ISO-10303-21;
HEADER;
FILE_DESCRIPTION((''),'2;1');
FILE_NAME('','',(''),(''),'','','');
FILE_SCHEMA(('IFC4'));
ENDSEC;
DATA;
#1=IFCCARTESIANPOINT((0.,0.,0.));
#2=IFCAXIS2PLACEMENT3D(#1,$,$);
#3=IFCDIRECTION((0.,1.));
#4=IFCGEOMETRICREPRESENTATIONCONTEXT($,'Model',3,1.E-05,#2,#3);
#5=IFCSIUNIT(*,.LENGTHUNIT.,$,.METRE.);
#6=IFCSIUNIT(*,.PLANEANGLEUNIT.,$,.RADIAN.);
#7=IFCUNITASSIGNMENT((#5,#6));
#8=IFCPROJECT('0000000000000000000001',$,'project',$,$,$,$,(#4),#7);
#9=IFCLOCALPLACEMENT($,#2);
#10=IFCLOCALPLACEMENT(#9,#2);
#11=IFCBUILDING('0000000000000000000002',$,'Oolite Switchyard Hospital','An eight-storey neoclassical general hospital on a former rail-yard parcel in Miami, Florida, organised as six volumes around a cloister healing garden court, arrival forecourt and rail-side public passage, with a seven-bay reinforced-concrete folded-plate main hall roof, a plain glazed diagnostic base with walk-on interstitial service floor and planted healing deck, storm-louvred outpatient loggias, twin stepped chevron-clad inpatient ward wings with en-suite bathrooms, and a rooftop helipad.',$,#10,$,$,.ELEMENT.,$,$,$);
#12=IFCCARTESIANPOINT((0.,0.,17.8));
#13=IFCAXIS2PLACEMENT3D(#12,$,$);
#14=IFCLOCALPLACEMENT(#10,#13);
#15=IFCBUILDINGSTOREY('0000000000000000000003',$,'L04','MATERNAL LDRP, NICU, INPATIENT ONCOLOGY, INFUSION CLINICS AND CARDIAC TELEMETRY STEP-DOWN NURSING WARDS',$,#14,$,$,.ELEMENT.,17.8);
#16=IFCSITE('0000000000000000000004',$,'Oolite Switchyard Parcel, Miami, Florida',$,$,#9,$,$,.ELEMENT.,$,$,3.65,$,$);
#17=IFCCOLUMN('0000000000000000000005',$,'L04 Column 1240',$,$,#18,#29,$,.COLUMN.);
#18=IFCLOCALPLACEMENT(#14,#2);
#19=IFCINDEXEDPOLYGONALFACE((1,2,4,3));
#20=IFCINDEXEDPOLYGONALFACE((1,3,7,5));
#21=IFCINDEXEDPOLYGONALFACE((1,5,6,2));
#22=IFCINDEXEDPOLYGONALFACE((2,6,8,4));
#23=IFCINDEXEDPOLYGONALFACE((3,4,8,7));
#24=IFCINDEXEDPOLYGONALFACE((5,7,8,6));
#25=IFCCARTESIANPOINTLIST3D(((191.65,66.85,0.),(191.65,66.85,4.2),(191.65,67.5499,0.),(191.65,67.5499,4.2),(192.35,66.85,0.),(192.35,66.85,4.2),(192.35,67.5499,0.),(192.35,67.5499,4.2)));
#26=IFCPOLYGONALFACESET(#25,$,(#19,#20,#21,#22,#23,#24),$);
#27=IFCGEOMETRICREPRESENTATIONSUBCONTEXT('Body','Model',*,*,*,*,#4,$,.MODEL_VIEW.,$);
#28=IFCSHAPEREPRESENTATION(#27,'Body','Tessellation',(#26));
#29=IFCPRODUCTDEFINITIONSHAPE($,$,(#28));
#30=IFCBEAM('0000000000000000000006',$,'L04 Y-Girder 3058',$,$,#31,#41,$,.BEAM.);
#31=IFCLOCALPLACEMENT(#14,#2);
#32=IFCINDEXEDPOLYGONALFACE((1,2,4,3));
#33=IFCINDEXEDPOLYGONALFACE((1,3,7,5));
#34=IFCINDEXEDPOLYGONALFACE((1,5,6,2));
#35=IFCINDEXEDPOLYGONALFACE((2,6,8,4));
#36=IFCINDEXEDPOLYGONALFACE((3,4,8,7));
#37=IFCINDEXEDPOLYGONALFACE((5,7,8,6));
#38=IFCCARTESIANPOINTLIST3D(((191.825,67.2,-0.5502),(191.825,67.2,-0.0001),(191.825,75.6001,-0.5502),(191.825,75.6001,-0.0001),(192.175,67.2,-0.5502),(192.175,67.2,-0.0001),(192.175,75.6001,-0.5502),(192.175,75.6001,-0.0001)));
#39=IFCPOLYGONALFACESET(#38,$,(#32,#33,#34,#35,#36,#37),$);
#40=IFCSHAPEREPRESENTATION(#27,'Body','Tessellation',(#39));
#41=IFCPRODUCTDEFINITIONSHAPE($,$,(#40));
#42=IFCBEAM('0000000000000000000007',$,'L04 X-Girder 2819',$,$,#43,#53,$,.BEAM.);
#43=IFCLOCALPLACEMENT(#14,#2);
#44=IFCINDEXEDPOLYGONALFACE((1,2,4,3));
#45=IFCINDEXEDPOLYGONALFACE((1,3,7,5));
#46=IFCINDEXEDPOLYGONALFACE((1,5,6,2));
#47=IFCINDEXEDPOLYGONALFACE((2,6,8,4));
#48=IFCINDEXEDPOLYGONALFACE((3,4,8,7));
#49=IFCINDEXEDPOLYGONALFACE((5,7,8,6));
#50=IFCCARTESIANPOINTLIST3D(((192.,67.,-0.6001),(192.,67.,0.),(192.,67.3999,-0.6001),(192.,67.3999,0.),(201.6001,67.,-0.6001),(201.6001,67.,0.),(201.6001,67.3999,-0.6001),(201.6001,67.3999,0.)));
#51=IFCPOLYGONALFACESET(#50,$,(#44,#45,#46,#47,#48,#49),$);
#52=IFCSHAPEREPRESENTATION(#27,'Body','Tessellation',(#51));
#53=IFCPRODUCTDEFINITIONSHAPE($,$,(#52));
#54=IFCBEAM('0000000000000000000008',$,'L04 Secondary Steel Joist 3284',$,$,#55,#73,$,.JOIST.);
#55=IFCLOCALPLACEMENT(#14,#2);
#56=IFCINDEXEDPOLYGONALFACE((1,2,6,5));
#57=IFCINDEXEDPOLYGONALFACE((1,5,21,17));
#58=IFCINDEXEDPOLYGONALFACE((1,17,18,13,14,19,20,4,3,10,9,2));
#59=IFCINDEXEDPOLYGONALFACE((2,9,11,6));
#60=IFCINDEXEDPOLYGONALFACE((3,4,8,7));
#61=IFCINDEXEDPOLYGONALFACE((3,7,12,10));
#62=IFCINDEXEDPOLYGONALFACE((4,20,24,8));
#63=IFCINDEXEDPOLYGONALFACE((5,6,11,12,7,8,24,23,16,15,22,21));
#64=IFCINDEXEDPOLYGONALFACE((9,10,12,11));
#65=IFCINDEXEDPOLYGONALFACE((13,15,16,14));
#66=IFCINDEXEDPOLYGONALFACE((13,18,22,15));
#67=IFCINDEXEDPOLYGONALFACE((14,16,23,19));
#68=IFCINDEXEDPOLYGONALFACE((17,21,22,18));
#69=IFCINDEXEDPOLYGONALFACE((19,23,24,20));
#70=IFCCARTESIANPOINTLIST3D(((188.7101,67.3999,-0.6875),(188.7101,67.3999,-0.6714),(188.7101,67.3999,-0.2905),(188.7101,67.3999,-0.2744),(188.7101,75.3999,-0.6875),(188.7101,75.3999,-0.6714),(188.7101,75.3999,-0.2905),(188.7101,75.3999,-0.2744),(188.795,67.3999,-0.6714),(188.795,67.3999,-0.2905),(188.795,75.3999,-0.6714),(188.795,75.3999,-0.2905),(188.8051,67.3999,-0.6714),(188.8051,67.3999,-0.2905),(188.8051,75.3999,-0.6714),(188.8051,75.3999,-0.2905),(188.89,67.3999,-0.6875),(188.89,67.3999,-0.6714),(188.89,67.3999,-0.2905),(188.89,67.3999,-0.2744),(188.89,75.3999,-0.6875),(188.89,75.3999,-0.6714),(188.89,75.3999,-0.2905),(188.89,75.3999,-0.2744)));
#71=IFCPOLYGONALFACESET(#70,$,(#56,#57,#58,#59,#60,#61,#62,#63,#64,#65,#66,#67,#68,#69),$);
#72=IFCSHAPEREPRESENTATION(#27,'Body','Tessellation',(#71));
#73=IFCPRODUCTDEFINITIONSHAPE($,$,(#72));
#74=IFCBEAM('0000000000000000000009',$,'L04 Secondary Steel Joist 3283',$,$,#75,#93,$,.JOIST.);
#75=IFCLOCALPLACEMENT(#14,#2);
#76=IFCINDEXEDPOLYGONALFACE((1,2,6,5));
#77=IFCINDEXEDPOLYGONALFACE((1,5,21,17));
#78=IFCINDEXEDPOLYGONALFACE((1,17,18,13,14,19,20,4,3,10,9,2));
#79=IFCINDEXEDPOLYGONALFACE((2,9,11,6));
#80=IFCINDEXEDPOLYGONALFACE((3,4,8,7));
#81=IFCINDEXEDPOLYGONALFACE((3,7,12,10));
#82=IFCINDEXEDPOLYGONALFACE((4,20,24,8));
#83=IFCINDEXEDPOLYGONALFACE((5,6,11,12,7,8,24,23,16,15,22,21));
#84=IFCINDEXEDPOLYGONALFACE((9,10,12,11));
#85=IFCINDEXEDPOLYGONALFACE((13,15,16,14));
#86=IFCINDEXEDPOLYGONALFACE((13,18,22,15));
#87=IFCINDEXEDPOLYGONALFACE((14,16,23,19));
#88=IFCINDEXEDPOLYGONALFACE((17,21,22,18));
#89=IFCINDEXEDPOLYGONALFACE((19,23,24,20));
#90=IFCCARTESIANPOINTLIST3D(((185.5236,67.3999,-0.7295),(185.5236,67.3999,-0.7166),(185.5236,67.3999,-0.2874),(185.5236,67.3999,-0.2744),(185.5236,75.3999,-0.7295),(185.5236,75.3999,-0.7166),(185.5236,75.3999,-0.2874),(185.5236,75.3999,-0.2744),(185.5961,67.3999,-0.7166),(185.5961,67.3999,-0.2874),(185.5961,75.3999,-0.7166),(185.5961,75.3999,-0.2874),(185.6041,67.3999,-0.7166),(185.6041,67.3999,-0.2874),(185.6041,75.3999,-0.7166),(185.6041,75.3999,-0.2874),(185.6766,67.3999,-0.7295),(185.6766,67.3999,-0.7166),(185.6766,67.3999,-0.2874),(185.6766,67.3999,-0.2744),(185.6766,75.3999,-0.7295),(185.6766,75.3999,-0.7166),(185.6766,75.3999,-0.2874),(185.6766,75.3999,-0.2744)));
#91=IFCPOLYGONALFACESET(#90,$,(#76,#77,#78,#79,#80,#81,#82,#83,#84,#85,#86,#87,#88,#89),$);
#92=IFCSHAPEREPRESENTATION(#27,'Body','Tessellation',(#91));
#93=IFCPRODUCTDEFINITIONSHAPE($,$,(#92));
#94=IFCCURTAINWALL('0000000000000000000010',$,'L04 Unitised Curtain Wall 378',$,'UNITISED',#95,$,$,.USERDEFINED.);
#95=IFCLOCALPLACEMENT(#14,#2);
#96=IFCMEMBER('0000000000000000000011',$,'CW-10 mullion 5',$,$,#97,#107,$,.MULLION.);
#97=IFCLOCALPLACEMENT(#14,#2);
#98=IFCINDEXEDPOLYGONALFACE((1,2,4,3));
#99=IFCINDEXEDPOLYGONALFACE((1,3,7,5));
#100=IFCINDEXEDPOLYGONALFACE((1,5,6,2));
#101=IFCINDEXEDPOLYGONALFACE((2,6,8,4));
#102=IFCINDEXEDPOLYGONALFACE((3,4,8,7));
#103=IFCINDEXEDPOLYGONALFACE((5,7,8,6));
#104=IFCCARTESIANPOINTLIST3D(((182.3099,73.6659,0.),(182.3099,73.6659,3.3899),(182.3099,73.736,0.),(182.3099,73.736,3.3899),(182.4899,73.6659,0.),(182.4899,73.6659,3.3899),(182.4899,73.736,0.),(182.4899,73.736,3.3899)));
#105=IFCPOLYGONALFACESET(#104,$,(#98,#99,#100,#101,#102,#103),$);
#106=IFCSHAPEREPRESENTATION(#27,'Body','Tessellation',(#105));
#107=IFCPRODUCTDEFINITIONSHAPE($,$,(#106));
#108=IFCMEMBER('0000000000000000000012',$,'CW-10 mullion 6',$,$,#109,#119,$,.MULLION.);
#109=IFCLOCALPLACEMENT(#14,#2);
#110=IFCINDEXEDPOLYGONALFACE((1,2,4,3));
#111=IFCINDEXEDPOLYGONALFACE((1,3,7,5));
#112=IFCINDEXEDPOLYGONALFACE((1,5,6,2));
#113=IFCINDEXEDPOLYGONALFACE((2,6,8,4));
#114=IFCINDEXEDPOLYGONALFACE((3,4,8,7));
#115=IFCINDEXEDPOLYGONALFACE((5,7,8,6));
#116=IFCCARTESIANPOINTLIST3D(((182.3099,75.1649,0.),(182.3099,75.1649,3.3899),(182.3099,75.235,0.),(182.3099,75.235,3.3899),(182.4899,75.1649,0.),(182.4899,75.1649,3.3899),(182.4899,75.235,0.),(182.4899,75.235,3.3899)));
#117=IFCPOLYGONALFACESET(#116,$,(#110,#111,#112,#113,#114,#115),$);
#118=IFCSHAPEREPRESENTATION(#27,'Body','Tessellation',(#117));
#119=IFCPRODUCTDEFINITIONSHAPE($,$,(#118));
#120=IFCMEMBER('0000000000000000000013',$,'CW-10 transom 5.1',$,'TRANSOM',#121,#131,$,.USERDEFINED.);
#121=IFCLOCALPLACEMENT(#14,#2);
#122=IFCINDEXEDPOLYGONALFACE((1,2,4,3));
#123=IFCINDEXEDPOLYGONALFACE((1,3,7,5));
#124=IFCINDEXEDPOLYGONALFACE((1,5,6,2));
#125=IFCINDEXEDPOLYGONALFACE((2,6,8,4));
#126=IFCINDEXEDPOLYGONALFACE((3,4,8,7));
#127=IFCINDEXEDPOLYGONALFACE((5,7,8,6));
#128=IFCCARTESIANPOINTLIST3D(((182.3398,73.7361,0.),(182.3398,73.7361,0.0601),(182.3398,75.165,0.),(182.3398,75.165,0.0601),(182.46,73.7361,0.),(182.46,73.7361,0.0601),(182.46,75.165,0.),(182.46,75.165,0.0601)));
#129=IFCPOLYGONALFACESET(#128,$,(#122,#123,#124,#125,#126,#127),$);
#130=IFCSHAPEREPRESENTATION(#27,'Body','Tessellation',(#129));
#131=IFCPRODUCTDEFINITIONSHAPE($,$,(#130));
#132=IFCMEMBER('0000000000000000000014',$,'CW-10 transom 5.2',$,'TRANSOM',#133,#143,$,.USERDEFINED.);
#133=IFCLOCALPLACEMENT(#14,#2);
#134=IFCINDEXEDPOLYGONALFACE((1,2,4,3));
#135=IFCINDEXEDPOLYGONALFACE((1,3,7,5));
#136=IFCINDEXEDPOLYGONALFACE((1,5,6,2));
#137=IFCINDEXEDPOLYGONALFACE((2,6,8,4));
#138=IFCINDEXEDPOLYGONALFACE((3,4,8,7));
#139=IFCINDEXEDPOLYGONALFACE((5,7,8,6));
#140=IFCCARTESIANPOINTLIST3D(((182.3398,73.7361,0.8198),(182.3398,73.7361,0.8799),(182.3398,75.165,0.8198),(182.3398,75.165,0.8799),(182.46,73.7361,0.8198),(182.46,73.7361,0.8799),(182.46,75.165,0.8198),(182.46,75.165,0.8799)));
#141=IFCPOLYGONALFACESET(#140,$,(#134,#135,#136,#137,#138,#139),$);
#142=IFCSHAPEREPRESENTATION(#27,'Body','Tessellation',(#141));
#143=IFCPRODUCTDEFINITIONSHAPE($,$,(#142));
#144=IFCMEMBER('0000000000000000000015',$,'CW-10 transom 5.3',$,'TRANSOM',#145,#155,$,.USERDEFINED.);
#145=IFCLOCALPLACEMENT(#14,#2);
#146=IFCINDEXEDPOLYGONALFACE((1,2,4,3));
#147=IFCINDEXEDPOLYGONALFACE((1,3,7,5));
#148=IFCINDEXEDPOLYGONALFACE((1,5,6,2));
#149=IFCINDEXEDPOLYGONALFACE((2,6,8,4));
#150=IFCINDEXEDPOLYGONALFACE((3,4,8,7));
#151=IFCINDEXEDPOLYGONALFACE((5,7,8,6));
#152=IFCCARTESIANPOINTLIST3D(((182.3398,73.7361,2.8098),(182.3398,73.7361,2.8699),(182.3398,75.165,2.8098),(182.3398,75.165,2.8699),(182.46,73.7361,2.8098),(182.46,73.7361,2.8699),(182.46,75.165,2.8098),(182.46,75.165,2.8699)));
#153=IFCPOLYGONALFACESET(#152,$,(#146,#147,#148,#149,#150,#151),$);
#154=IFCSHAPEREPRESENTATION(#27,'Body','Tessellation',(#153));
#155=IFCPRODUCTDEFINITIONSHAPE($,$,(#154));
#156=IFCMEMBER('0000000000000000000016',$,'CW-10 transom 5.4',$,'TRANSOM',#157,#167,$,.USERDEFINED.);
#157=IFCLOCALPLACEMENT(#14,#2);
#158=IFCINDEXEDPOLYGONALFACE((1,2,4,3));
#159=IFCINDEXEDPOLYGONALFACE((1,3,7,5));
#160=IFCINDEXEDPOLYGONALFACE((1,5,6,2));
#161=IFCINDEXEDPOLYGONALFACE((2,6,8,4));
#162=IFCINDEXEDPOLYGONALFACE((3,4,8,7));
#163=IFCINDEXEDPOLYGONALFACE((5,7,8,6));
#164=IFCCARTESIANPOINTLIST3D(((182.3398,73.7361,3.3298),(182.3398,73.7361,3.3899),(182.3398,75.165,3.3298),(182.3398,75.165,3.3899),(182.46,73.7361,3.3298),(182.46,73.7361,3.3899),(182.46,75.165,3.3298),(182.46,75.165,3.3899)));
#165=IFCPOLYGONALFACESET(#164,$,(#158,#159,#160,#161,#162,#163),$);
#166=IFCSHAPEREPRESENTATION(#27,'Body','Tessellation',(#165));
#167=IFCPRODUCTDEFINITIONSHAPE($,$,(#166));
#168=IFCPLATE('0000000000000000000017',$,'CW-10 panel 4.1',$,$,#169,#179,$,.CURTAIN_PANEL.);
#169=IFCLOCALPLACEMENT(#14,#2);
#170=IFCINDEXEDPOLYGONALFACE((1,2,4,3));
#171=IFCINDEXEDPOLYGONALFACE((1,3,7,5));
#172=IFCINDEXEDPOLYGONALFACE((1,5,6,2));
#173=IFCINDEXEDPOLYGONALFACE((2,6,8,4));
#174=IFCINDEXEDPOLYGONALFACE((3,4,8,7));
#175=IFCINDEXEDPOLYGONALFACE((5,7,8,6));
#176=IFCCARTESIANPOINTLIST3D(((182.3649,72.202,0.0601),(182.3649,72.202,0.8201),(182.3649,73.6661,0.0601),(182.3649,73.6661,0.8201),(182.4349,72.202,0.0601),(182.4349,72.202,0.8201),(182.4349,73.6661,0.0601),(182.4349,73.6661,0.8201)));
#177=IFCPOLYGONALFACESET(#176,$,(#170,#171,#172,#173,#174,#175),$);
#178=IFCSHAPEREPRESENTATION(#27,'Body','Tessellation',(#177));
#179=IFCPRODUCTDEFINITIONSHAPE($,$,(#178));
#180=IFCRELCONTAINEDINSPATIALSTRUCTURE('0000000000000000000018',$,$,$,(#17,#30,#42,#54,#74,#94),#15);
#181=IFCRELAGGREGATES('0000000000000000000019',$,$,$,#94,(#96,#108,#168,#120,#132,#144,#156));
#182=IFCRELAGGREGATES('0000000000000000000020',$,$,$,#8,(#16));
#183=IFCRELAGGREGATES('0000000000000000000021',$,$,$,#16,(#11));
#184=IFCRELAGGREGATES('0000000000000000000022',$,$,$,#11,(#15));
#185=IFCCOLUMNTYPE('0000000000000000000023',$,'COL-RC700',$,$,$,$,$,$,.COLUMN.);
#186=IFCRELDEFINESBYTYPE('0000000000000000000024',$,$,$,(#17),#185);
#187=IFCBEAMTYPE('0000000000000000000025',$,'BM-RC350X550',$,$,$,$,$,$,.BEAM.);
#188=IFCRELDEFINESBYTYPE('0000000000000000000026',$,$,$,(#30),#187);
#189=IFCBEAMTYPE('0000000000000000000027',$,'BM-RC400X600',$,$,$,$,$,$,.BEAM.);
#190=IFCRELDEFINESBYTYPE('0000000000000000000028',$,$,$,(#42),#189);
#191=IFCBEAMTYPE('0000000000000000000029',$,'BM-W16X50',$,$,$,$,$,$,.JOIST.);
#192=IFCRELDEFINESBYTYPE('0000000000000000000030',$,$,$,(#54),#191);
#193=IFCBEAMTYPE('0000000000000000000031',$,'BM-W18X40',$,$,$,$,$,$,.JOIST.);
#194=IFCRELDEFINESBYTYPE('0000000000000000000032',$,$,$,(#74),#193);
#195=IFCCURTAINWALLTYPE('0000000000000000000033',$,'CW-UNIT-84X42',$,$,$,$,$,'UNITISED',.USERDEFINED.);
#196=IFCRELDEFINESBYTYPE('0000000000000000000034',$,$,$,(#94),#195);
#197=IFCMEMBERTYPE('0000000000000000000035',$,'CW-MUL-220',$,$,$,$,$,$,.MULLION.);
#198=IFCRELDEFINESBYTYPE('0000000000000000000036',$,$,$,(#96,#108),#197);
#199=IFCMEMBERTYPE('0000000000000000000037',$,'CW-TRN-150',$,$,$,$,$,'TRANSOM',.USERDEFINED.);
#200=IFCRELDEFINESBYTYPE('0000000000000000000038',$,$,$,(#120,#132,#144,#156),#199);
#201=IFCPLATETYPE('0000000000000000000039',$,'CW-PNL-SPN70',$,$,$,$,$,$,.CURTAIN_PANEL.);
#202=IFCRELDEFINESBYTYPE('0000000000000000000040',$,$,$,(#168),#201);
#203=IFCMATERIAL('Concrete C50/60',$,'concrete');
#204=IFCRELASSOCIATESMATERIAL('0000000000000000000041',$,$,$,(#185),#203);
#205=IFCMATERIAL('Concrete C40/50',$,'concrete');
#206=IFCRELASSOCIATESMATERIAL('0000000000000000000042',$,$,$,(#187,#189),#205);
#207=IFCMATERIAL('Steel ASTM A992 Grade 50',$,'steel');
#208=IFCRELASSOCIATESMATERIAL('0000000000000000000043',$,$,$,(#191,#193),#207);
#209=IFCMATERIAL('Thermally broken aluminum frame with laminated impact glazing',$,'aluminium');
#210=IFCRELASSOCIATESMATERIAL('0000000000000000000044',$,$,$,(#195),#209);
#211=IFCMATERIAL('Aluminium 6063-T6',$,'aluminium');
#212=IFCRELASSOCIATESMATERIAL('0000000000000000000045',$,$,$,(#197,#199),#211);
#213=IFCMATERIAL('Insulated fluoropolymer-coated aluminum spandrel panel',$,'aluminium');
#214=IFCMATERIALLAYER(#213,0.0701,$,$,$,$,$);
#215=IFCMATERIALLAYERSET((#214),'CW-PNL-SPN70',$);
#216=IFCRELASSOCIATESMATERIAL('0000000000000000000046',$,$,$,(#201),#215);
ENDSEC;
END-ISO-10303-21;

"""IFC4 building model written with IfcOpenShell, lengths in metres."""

from ifc_helpers import new_model, si_unit, direction, frame, origin, origin_2d, place, context, subcontext, project, spatial, rectangle, i_section, extrude, material, layer, layer_set, material_profile, profile_set, type_object, element, aggregate, save


model = new_model("IFC4")

# Units and contexts
model_context = context("Model", 3, precision=1e-05, world=origin(), true_north=direction((0.0, 1.0)))
body_context = subcontext(model_context, "Body", "Model", "MODEL_VIEW")
ifc_project = project(units=[si_unit("LENGTHUNIT", "METRE"), si_unit("PLANEANGLEUNIT", "RADIAN")], contexts=[model_context])

# Site, building, storey
site_placement = place(None, origin())
site = spatial("IfcSite", under=ifc_project, at=site_placement, Name="Oolite Switchyard Parcel, Miami, Florida", CompositionType="ELEMENT", RefElevation=3.65)
building_placement = place(site_placement, origin())
building = spatial("IfcBuilding", under=site, at=building_placement, Name="Oolite Switchyard Hospital", Description="An eight-storey neoclassical general hospital on a former rail-yard parcel in Miami, Florida, organised as six volumes around a cloister healing garden court, arrival forecourt and rail-side public passage, with a seven-bay reinforced-concrete folded-plate main hall roof, a plain glazed diagnostic base with walk-on interstitial service floor and planted healing deck, storm-louvred outpatient loggias, twin stepped chevron-clad inpatient ward wings with en-suite bathrooms, and a rooftop helipad.", CompositionType="ELEMENT")
storey_placement = place(building_placement, frame((0.0, 0.0, 17.8)))
storey = spatial("IfcBuildingStorey", under=building, at=storey_placement, Name="L04", Description="MATERNAL LDRP, NICU, INPATIENT ONCOLOGY, INFUSION CLINICS AND CARDIAC TELEMETRY STEP-DOWN NURSING WARDS", CompositionType="ELEMENT", Elevation=17.8)

# Column
ifc_material_1 = material(Name="Concrete C50/60", Category="concrete")
ifc_material_profile_1 = material_profile(ifc_material_1, rectangle(XDim=0.7, YDim=0.7, at=origin_2d()), Name="RC700X700")
ifc_profile_set_1 = profile_set([ifc_material_profile_1], Name="Concrete C50/60")
column_type = type_object("IfcColumnType", Name="COL-RC700", PredefinedType="COLUMN", material=ifc_profile_set_1)
column_placement = place(storey_placement, frame((192.0, 67.2, 0.0), z_axis=(0.0, 0.0, 1.0), x_axis=(1.0, 0.0, 0.0)))
element("IfcColumn", 1, at=column_placement, inside=storey, type_object=column_type, Name="L04 Column 1240", PredefinedType="COLUMN", context=body_context, shape_type="SweptSolid", body=[
    extrude(rectangle(XDim=0.7, YDim=0.7, at=origin_2d()), origin(), (0.0, 0.0, 1.0), 4.2),
])

# Beams
ifc_material_2 = material(Name="Concrete C40/50", Category="concrete")
ifc_material_profile_2 = material_profile(ifc_material_2, rectangle(XDim=0.3501, YDim=0.55, at=origin_2d()), Name="RCB350X550")
ifc_profile_set_2 = profile_set([ifc_material_profile_2], Name="Concrete C40/50")
beam_type_1 = type_object("IfcBeamType", Name="BM-RC350X550", PredefinedType="BEAM", material=ifc_profile_set_2)
beam_1_placement = place(storey_placement, frame((192.0, 67.2, -0.2751), z_axis=(0.0, 1.0, 0.0), x_axis=(-1.0, 0.0, 0.0)))
element("IfcBeam", 2, at=beam_1_placement, inside=storey, type_object=beam_type_1, Name="L04 Y-Girder 3058", PredefinedType="BEAM", context=body_context, shape_type="SweptSolid", body=[
    extrude(rectangle(XDim=0.3501, YDim=0.55, at=origin_2d()), origin(), (0.0, 0.0, 1.0), 8.4001),
])
ifc_material_profile_3 = material_profile(ifc_material_2, rectangle(XDim=0.3999, YDim=0.6001, at=origin_2d()), Name="RCB400X600")
ifc_profile_set_3 = profile_set([ifc_material_profile_3], Name="Concrete C40/50")
beam_type_2 = type_object("IfcBeamType", Name="BM-RC400X600", PredefinedType="BEAM", material=ifc_profile_set_3)
beam_2_placement = place(storey_placement, frame((192.0, 67.2, -0.3), z_axis=(1.0, 0.0, 0.0), x_axis=(0.0, 1.0, 0.0)))
element("IfcBeam", 3, at=beam_2_placement, inside=storey, type_object=beam_type_2, Name="L04 X-Girder 2819", PredefinedType="BEAM", context=body_context, shape_type="SweptSolid", body=[
    extrude(rectangle(XDim=0.3999, YDim=0.6001, at=origin_2d()), origin(), (0.0, 0.0, 1.0), 9.6001),
])
ifc_material_3 = material(Name="Steel ASTM A992 Grade 50", Category="steel")
ifc_material_profile_4 = material_profile(ifc_material_3, i_section(OverallWidth=0.1799, OverallDepth=0.4131, WebThickness=0.01, FlangeThickness=0.0161, at=origin_2d()), Name="W16X50")
ifc_profile_set_4 = profile_set([ifc_material_profile_4], Name="Steel ASTM A992 Grade 50")
beam_type_3 = type_object("IfcBeamType", Name="BM-W16X50", PredefinedType="JOIST", material=ifc_profile_set_4)
beam_3_placement = place(storey_placement, frame((188.8, 67.3999, -0.481), z_axis=(0.0, 1.0, 0.0), x_axis=(-1.0, 0.0, 0.0)))
element("IfcBeam", 4, at=beam_3_placement, inside=storey, type_object=beam_type_3, Name="L04 Secondary Steel Joist 3284", PredefinedType="JOIST", context=body_context, shape_type="SweptSolid", body=[
    extrude(i_section(OverallWidth=0.1799, OverallDepth=0.4131, WebThickness=0.01, FlangeThickness=0.0161, at=origin_2d()), origin(), (0.0, 0.0, 1.0), 8.0),
])
ifc_material_profile_5 = material_profile(ifc_material_3, i_section(OverallWidth=0.1531, OverallDepth=0.4551, WebThickness=0.0081, FlangeThickness=0.0129, at=origin_2d()), Name="W18X40")
ifc_profile_set_5 = profile_set([ifc_material_profile_5], Name="Steel ASTM A992 Grade 50")
beam_type_4 = type_object("IfcBeamType", Name="BM-W18X40", PredefinedType="JOIST", material=ifc_profile_set_5)
beam_4_placement = place(storey_placement, frame((185.6001, 67.3999, -0.502), z_axis=(0.0, 1.0, 0.0), x_axis=(-1.0, 0.0, 0.0)))
element("IfcBeam", 5, at=beam_4_placement, inside=storey, type_object=beam_type_4, Name="L04 Secondary Steel Joist 3283", PredefinedType="JOIST", context=body_context, shape_type="SweptSolid", body=[
    extrude(i_section(OverallWidth=0.1531, OverallDepth=0.4551, WebThickness=0.0081, FlangeThickness=0.0129, at=origin_2d()), origin(), (0.0, 0.0, 1.0), 8.0),
])

# Curtain wall, members, plate
ifc_material_4 = material(Name="Thermally broken aluminum frame with laminated impact glazing", Category="aluminium")
curtain_wall_type = type_object("IfcCurtainWallType", Name="CW-UNIT-84X42", ElementType="UNITISED", PredefinedType="USERDEFINED", material=ifc_material_4)
curtain_wall_placement = place(storey_placement, origin())
curtain_wall = element("IfcCurtainWall", 6, at=curtain_wall_placement, inside=storey, type_object=curtain_wall_type, Name="L04 Unitised Curtain Wall 378", ObjectType="UNITISED", PredefinedType="USERDEFINED")
ifc_material_5 = material(Name="Aluminium 6063-T6", Category="aluminium")
ifc_material_profile_6 = material_profile(ifc_material_5, rectangle(XDim=0.1799, YDim=0.0701, at=origin_2d()), Name="CWM70X180")
ifc_profile_set_6 = profile_set([ifc_material_profile_6], Name="Aluminium 6063-T6")
member_type_1 = type_object("IfcMemberType", Name="CW-MUL-220", PredefinedType="MULLION", material=ifc_profile_set_6)
member_1_placement = place(storey_placement, frame((182.3999, 73.7009, 0.0), z_axis=(0.0, 0.0, 1.0), x_axis=(-1.0, 0.0, 0.0)))
member_1 = element("IfcMember", 7, at=member_1_placement, type_object=member_type_1, Name="CW-10 mullion 5", PredefinedType="MULLION", context=body_context, shape_type="SweptSolid", body=[
    extrude(rectangle(XDim=0.1799, YDim=0.0701, at=origin_2d()), origin(), (0.0, 0.0, 1.0), 3.3899),
])
member_2_placement = place(storey_placement, frame((182.3999, 75.2, 0.0), z_axis=(0.0, 0.0, 1.0), x_axis=(-1.0, 0.0, 0.0)))
member_2 = element("IfcMember", 8, at=member_2_placement, type_object=member_type_1, Name="CW-10 mullion 6", PredefinedType="MULLION", context=body_context, shape_type="SweptSolid", body=[
    extrude(rectangle(XDim=0.1799, YDim=0.0701, at=origin_2d()), origin(), (0.0, 0.0, 1.0), 3.3899),
])
ifc_material_profile_7 = material_profile(ifc_material_5, rectangle(XDim=0.1201, YDim=0.0601, at=origin_2d()), Name="CWT60X120")
ifc_profile_set_7 = profile_set([ifc_material_profile_7], Name="Aluminium 6063-T6")
member_type_2 = type_object("IfcMemberType", Name="CW-TRN-150", ElementType="TRANSOM", PredefinedType="USERDEFINED", material=ifc_profile_set_7)
member_3_placement = place(storey_placement, frame((182.3999, 73.7361, 0.03), z_axis=(0.0, 1.0, 0.0), x_axis=(-1.0, 0.0, 0.0)))
member_3 = element("IfcMember", 9, at=member_3_placement, type_object=member_type_2, Name="CW-10 transom 5.1", ObjectType="TRANSOM", PredefinedType="USERDEFINED", context=body_context, shape_type="SweptSolid", body=[
    extrude(rectangle(XDim=0.1201, YDim=0.0601, at=origin_2d()), origin(), (0.0, 0.0, 1.0), 1.429),
])
member_4_placement = place(storey_placement, frame((182.3999, 73.7361, 0.8499), z_axis=(0.0, 1.0, 0.0), x_axis=(-1.0, 0.0, 0.0)))
member_4 = element("IfcMember", 10, at=member_4_placement, type_object=member_type_2, Name="CW-10 transom 5.2", ObjectType="TRANSOM", PredefinedType="USERDEFINED", context=body_context, shape_type="SweptSolid", body=[
    extrude(rectangle(XDim=0.1201, YDim=0.0601, at=origin_2d()), origin(), (0.0, 0.0, 1.0), 1.429),
])
member_5_placement = place(storey_placement, frame((182.3999, 73.7361, 2.8398), z_axis=(0.0, 1.0, 0.0), x_axis=(-1.0, 0.0, 0.0)))
member_5 = element("IfcMember", 11, at=member_5_placement, type_object=member_type_2, Name="CW-10 transom 5.3", ObjectType="TRANSOM", PredefinedType="USERDEFINED", context=body_context, shape_type="SweptSolid", body=[
    extrude(rectangle(XDim=0.1201, YDim=0.0601, at=origin_2d()), origin(), (0.0, 0.0, 1.0), 1.429),
])
member_6_placement = place(storey_placement, frame((182.3999, 73.7361, 3.3599), z_axis=(0.0, 1.0, 0.0), x_axis=(-1.0, 0.0, 0.0)))
member_6 = element("IfcMember", 12, at=member_6_placement, type_object=member_type_2, Name="CW-10 transom 5.4", ObjectType="TRANSOM", PredefinedType="USERDEFINED", context=body_context, shape_type="SweptSolid", body=[
    extrude(rectangle(XDim=0.1201, YDim=0.0601, at=origin_2d()), origin(), (0.0, 0.0, 1.0), 1.429),
])
ifc_material_6 = material(Name="Insulated fluoropolymer-coated aluminum spandrel panel", Category="aluminium")
ifc_layer_1 = layer(ifc_material_6, 0.0701)
ifc_layer_set_1 = layer_set([ifc_layer_1], Name="CW-PNL-SPN70")
plate_type = type_object("IfcPlateType", Name="CW-PNL-SPN70", PredefinedType="CURTAIN_PANEL", material=ifc_layer_set_1)
plate_1_placement = place(storey_placement, frame((182.3999, 72.9341, 0.0601), z_axis=(0.0, 0.0, 1.0), x_axis=(0.0, 1.0, 0.0)))
plate_1 = element("IfcPlate", 13, at=plate_1_placement, type_object=plate_type, Name="CW-10 panel 4.1", PredefinedType="CURTAIN_PANEL", context=body_context, shape_type="SweptSolid", body=[
    extrude(rectangle(XDim=1.4641, YDim=0.0701, at=origin_2d()), origin(), (0.0, 0.0, 1.0), 0.76),
])
aggregate(curtain_wall, [member_1, member_2, plate_1, member_3, member_4, member_5, member_6])

save(model, "model.ifc")
